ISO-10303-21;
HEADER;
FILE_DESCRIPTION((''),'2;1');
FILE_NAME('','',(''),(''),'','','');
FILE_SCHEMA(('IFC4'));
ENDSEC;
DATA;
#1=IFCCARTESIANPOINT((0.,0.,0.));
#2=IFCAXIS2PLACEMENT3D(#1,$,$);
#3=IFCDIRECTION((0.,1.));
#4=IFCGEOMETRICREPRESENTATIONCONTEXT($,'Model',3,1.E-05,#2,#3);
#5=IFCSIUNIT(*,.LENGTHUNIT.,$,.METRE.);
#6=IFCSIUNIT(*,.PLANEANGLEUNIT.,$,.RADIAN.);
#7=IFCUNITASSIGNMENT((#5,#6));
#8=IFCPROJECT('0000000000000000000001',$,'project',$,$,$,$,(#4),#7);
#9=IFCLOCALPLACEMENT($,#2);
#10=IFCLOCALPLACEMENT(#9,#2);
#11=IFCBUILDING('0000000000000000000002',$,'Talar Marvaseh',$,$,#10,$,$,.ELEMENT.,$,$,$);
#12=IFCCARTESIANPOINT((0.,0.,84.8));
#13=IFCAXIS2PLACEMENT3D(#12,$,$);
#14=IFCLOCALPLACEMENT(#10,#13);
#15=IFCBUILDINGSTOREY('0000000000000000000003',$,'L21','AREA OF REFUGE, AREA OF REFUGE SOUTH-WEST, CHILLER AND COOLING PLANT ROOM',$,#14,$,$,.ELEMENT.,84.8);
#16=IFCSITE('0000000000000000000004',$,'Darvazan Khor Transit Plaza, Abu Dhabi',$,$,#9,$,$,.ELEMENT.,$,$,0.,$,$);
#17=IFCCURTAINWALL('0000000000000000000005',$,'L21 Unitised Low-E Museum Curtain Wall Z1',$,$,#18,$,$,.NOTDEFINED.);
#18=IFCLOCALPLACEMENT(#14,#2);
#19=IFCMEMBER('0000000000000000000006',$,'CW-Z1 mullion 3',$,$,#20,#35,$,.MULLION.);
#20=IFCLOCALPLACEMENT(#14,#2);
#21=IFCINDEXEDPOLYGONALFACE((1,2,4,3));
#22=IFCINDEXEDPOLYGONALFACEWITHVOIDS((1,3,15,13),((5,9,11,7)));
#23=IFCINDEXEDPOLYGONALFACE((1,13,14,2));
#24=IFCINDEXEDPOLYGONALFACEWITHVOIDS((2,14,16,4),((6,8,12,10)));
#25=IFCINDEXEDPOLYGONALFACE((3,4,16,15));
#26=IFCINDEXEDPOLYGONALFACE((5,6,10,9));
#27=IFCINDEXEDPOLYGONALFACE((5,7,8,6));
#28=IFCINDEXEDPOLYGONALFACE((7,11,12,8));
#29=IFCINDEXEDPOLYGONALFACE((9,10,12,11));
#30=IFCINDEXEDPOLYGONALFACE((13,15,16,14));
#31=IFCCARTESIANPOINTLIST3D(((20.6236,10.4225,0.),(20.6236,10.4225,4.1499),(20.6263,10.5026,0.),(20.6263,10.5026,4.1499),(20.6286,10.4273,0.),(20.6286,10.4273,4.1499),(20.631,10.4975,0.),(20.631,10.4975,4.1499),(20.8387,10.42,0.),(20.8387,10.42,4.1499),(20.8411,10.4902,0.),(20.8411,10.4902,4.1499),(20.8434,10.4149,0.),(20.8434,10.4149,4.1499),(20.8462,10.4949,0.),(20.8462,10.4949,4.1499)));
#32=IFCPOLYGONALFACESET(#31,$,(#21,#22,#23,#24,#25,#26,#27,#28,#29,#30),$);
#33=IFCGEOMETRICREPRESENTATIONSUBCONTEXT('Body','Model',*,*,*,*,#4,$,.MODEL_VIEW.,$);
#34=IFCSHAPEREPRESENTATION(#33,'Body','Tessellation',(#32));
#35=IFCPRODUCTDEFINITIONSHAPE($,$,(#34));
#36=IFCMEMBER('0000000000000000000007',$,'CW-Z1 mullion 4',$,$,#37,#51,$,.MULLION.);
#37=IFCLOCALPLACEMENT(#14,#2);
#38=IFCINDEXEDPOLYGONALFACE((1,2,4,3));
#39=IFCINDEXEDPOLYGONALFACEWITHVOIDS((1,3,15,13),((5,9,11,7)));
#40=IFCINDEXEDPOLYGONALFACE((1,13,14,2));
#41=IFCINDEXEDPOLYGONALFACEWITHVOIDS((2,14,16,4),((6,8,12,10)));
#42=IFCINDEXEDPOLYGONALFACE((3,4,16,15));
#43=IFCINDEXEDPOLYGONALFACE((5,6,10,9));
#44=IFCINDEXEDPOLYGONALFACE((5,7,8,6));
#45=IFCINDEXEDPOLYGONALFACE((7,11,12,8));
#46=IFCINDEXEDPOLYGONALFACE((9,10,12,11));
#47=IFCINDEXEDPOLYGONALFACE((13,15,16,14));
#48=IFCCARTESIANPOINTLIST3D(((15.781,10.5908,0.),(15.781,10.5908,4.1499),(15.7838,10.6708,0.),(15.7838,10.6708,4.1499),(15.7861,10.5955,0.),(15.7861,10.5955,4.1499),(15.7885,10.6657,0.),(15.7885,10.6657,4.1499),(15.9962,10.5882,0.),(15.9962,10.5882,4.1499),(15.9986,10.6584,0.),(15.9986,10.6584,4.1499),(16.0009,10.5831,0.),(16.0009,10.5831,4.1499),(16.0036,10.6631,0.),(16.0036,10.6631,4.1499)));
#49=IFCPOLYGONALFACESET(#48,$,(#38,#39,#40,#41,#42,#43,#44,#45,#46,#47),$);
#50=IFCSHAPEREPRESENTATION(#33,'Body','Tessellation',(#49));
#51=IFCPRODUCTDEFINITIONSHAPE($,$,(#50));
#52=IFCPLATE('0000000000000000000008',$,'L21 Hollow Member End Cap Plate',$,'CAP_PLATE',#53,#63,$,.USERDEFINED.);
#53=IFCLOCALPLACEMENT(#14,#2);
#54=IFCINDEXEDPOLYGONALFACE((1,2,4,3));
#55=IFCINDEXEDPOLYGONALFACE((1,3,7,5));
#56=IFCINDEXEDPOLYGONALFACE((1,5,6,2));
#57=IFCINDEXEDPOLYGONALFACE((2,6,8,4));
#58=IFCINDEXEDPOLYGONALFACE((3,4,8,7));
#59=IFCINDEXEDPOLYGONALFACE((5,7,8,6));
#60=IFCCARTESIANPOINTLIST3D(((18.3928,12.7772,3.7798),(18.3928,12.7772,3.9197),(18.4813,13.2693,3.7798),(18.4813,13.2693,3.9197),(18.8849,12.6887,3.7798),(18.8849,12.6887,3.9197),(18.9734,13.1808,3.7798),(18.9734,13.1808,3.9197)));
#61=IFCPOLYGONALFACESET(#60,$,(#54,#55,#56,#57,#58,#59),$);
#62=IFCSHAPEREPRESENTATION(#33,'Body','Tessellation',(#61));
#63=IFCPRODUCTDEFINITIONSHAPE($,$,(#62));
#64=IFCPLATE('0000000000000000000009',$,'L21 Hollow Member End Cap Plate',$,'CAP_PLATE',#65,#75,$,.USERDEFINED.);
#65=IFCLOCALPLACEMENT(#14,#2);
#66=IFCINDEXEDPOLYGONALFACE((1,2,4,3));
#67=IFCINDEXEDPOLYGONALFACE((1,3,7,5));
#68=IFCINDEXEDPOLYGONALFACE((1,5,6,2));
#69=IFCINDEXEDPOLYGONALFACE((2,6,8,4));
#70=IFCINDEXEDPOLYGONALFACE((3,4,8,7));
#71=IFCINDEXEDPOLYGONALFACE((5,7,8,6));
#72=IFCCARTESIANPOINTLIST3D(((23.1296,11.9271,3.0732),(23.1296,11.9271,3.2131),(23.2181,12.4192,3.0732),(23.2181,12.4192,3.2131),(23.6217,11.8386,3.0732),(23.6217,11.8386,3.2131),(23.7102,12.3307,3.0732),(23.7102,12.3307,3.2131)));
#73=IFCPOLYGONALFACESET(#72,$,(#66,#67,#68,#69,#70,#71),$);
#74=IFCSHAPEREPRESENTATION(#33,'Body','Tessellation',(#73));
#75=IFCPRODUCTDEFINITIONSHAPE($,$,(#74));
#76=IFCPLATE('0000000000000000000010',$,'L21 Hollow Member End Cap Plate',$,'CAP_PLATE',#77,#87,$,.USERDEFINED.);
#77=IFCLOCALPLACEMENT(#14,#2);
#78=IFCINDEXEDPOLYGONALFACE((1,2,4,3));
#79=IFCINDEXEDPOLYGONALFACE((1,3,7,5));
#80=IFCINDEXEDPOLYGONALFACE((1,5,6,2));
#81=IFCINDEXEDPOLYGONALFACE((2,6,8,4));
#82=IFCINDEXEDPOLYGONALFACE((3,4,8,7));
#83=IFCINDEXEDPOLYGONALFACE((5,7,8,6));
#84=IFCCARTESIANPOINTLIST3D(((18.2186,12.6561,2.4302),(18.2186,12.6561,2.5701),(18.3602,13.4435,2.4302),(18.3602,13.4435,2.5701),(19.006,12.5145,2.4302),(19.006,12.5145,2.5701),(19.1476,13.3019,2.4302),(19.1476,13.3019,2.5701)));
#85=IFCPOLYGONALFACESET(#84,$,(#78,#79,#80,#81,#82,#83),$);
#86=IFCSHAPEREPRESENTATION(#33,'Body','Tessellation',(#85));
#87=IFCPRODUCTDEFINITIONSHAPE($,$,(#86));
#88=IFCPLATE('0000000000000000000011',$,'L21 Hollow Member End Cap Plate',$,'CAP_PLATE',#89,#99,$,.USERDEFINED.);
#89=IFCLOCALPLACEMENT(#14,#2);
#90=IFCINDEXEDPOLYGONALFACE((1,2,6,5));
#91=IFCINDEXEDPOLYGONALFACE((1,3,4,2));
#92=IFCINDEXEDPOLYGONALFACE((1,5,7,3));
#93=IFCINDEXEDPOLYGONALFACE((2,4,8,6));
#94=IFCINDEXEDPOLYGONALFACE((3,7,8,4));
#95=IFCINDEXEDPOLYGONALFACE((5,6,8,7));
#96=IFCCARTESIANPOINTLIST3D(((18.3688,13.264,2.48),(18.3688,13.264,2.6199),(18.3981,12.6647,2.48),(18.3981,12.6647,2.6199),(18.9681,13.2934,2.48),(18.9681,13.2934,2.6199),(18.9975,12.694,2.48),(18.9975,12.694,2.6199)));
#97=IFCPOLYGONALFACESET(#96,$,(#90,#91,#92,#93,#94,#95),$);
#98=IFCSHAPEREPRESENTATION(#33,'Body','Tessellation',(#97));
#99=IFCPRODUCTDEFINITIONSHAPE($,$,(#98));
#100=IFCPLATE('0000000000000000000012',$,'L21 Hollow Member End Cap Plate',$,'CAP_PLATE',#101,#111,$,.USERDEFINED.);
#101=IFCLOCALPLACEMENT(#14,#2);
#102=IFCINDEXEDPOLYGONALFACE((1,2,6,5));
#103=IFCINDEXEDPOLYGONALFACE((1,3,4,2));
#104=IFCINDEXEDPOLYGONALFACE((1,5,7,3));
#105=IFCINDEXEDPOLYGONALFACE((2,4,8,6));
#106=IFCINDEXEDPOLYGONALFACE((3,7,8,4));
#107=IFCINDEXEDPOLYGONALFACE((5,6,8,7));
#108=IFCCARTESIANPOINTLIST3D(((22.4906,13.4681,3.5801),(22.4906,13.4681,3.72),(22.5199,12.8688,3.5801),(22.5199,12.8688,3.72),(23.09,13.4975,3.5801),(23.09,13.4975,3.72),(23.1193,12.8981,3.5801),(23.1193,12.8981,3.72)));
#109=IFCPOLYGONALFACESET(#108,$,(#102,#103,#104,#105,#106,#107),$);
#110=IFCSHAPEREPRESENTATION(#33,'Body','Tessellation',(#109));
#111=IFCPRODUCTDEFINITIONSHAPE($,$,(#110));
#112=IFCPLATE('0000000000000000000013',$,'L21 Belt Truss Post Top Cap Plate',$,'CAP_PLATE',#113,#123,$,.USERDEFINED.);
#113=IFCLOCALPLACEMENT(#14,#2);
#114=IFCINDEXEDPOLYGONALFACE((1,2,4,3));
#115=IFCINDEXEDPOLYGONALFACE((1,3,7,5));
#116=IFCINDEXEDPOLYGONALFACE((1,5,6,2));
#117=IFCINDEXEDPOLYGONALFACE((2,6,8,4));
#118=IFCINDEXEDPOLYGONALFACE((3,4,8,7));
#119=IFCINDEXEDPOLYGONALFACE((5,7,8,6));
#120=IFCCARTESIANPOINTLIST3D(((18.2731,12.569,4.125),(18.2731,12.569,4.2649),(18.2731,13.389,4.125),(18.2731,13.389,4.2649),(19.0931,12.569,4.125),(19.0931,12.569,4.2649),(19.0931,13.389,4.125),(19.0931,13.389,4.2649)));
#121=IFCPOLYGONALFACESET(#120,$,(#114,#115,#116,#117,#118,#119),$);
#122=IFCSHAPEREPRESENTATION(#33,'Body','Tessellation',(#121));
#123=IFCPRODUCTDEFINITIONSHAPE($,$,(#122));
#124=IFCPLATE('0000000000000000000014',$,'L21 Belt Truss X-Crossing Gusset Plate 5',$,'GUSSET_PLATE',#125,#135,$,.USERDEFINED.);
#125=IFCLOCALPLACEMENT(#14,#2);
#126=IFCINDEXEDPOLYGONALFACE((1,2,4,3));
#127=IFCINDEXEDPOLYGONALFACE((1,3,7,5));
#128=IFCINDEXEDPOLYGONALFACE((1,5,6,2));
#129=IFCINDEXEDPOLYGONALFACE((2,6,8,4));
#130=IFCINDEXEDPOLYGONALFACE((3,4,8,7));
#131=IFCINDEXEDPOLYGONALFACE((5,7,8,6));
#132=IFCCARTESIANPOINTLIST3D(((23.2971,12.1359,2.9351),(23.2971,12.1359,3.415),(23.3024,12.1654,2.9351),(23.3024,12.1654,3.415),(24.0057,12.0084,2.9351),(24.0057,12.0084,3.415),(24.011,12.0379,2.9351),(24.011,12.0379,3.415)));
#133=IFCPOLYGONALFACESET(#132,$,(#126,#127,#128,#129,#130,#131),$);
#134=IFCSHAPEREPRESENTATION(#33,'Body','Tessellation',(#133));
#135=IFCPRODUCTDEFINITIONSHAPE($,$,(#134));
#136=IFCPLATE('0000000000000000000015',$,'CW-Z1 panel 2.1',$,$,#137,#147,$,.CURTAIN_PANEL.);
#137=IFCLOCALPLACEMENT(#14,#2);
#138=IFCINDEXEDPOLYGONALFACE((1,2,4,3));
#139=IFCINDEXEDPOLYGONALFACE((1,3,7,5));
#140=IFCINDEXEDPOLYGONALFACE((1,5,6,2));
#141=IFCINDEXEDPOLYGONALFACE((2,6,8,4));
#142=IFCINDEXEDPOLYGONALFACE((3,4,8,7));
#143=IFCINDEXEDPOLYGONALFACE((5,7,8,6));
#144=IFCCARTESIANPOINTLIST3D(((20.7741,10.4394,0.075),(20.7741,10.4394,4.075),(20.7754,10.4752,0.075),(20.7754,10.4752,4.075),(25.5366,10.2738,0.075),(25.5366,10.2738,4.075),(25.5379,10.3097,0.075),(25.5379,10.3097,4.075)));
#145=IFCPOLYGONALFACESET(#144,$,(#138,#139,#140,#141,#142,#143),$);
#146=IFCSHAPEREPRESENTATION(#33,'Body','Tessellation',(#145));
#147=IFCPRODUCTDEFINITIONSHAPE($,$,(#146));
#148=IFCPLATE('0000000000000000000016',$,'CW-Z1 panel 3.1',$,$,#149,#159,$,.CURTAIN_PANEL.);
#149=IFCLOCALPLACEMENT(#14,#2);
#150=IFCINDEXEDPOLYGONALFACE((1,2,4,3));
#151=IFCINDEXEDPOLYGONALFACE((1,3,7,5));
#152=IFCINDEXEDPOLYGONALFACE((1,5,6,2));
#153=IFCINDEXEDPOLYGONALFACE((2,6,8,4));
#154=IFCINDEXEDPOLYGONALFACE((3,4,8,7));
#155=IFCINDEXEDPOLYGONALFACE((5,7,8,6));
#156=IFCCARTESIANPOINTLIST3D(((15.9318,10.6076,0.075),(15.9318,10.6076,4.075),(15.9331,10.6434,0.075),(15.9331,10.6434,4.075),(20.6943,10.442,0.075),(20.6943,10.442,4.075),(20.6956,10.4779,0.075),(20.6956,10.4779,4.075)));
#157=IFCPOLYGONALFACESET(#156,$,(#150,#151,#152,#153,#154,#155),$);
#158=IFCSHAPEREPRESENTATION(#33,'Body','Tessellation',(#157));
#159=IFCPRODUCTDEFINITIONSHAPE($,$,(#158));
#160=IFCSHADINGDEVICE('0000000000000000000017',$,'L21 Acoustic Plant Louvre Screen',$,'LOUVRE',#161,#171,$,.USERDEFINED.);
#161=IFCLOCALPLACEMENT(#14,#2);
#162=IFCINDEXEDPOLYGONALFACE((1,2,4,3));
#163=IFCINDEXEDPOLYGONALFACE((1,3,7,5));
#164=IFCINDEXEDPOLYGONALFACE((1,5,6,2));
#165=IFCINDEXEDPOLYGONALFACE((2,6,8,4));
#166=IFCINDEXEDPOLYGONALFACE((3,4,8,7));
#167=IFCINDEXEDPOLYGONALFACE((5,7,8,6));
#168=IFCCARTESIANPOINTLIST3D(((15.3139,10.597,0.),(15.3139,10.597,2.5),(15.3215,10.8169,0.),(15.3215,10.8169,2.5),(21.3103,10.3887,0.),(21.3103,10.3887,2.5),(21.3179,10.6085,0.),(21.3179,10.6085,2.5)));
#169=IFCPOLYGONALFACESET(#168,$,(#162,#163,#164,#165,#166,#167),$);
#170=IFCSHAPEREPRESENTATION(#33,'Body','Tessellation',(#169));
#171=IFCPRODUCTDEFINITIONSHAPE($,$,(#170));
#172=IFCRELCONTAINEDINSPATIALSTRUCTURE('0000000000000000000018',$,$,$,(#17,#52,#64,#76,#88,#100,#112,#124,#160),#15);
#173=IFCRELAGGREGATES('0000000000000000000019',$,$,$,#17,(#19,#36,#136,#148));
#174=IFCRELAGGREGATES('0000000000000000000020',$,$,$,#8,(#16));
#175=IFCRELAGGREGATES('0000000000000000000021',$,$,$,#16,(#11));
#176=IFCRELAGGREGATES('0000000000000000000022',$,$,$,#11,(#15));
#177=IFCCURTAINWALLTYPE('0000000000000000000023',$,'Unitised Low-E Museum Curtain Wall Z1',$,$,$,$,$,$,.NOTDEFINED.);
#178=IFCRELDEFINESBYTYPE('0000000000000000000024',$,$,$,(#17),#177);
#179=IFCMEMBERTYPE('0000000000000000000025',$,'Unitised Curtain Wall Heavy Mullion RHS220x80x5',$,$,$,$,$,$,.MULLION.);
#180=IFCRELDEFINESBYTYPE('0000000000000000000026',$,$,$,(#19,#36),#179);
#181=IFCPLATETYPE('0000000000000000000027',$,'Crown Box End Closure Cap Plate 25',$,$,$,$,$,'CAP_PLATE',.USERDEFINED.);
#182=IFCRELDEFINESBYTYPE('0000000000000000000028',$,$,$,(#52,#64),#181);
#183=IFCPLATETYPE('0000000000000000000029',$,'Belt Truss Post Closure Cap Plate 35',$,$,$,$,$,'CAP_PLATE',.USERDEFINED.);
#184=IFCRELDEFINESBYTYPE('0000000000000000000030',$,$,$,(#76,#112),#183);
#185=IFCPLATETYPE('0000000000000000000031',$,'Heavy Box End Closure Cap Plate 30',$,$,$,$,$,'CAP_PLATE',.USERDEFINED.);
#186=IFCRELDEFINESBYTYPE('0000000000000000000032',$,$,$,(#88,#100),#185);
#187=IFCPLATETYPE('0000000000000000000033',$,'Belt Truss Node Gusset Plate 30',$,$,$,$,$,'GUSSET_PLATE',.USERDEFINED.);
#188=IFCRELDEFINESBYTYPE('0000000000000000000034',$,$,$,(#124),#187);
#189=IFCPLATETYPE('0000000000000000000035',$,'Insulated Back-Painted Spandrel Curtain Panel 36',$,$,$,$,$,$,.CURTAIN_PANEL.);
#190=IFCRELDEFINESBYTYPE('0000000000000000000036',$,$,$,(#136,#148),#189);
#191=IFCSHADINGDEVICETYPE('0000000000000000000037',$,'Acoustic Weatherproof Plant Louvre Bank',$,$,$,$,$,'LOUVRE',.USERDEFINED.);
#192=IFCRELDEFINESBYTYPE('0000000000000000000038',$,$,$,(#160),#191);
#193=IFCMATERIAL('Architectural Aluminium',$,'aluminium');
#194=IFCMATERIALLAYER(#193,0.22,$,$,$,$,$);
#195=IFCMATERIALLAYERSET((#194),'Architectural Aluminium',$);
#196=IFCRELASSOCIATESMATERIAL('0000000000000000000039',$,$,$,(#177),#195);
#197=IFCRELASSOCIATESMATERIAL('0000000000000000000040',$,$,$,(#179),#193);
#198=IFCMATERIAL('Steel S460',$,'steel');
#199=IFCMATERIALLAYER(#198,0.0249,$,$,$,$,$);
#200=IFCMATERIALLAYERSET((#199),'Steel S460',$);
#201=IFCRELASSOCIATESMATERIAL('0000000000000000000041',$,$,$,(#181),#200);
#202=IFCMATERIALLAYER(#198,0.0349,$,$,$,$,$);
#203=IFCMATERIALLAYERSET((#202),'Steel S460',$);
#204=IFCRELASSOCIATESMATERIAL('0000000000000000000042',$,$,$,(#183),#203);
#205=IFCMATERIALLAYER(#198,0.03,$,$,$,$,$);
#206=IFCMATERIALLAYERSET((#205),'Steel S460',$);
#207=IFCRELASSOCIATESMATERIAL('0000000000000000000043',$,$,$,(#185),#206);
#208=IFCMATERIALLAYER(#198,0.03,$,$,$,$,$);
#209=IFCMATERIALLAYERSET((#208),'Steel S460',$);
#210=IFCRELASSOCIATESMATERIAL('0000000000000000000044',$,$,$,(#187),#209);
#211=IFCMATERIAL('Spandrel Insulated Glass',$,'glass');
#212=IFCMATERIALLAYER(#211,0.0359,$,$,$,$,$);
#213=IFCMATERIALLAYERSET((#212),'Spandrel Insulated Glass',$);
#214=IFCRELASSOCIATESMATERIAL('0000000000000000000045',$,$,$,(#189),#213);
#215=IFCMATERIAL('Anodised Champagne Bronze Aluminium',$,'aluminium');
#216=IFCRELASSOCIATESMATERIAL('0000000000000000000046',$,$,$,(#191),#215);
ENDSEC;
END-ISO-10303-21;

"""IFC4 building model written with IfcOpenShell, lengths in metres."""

from ifc_helpers import new_model, si_unit, direction, frame, origin, origin_2d, place, context, subcontext, project, spatial, rectangle, hollow_rectangle, extrude, source, transform, mapped, material, layer, layer_set, material_profile, profile_set, type_object, type_shapes, element, aggregate, save


model = new_model("IFC4")

# Units and contexts
model_context = context("Model", 3, precision=1e-05, world=origin(), true_north=direction((0.0, 1.0)))
body_context = subcontext(model_context, "Body", "Model", "MODEL_VIEW")
ifc_project = project(units=[si_unit("LENGTHUNIT", "METRE"), si_unit("PLANEANGLEUNIT", "RADIAN")], contexts=[model_context])

# Site, building, storey
site_placement = place(None, origin())
site = spatial("IfcSite", under=ifc_project, at=site_placement, Name="Darvazan Khor Transit Plaza, Abu Dhabi", CompositionType="ELEMENT", RefElevation=0.0)
building_placement = place(site_placement, origin())
building = spatial("IfcBuilding", under=site, at=building_placement, Name="Talar Marvaseh", CompositionType="ELEMENT")
storey_placement = place(building_placement, frame((0.0, 0.0, 84.8)))
storey = spatial("IfcBuildingStorey", under=building, at=storey_placement, Name="L21", Description="AREA OF REFUGE, AREA OF REFUGE SOUTH-WEST, CHILLER AND COOLING PLANT ROOM", CompositionType="ELEMENT", Elevation=84.8)

# Shared definitions
ifc_material_1 = material(Name="Steel S460", Category="steel")

# Curtain wall, members
ifc_material_2 = material(Name="Architectural Aluminium", Category="aluminium")
ifc_layer_1 = layer(ifc_material_2, 0.22)
ifc_layer_set_1 = layer_set([ifc_layer_1], Name="Architectural Aluminium")
curtain_wall_type = type_object("IfcCurtainWallType", Name="Unitised Low-E Museum Curtain Wall Z1", PredefinedType="NOTDEFINED", material=ifc_layer_set_1)
curtain_wall_placement = place(storey_placement, origin())
curtain_wall = element("IfcCurtainWall", 1, at=curtain_wall_placement, inside=storey, type_object=curtain_wall_type, Name="L21 Unitised Low-E Museum Curtain Wall Z1", PredefinedType="NOTDEFINED")
ifc_material_profile_1 = material_profile(ifc_material_2, hollow_rectangle(XDim=0.0801, YDim=0.22, WallThickness=0.0049, at=origin_2d()), Name="RHS220x80x5")
ifc_profile_set_1 = profile_set([ifc_material_profile_1], Name="Architectural Aluminium")
member_type_1 = type_object("IfcMemberType", Name="Unitised Curtain Wall Heavy Mullion RHS220x80x5", PredefinedType="MULLION", material=ifc_profile_set_1)
shared_shape_1 = source(origin(), body_context, "Body", "SweptSolid", [
    extrude(hollow_rectangle(XDim=0.0801, YDim=0.22, WallThickness=0.0049, at=origin_2d()), origin(), (0.0, 0.0, 1.0), 4.1499),
])
type_shapes(member_type_1, [shared_shape_1])
member_1_placement = place(storey_placement, frame((20.7349, 10.4587, 0.0), z_axis=(0.0, 0.0, 1.0), x_axis=(-0.034747, -0.999396, 0.0)))
member_1 = element("IfcMember", 2, at=member_1_placement, type_object=member_type_1, Name="CW-Z1 mullion 3", PredefinedType="MULLION", context=body_context, shape_type="MappedRepresentation", body=[
    mapped(shared_shape_1, transform((0.0, 0.0, 0.0), x_axis=(1.0, 0.0, 0.0), y_axis=(0.0, 1.0, 0.0), z_axis=(0.0, 0.0, 1.0), scale=1.0)),
])
member_2_placement = place(storey_placement, frame((15.8923, 10.627, 0.0), z_axis=(0.0, 0.0, 1.0), x_axis=(-0.034747, -0.999396, 0.0)))
member_2 = element("IfcMember", 3, at=member_2_placement, type_object=member_type_1, Name="CW-Z1 mullion 4", PredefinedType="MULLION", context=body_context, shape_type="MappedRepresentation", body=[
    mapped(shared_shape_1, transform((0.0, 0.0, 0.0), x_axis=(1.0, 0.0, 0.0), y_axis=(0.0, 1.0, 0.0), z_axis=(0.0, 0.0, 1.0), scale=1.0)),
])

# Plates
ifc_layer_2 = layer(ifc_material_1, 0.0249)
ifc_layer_set_2 = layer_set([ifc_layer_2], Name="Steel S460")
plate_type_1 = type_object("IfcPlateType", Name="Crown Box End Closure Cap Plate 25", ElementType="CAP_PLATE", PredefinedType="USERDEFINED", material=ifc_layer_set_2)
shared_shape_2 = source(origin(), body_context, "Body", "SweptSolid", [
    extrude(rectangle(XDim=0.5, YDim=0.5, at=origin_2d()), origin(), (0.0, 0.0, 1.0), 0.1399),
])
type_shapes(plate_type_1, [shared_shape_2])
for number, where, z_axis, x_axis, name in (
    (4, (18.6831, 12.979, 3.7798), (0.0, 0.0, 1.0), (-0.984196, 0.177085, 0.0), "L21 Hollow Member End Cap Plate"),
    (5, (23.4199, 12.1289, 3.0732), (0.0, 0.0, 1.0), (0.984196, -0.177085, 0.0), "L21 Hollow Member End Cap Plate"),
):
    element("IfcPlate", number, at=place(storey_placement, frame(where, z_axis=z_axis, x_axis=x_axis)), inside=storey, type_object=plate_type_1, Name=name, ObjectType="CAP_PLATE", PredefinedType="USERDEFINED", context=body_context, shape_type="MappedRepresentation", body=[
        mapped(shared_shape_2, transform((0.0, 0.0, 0.0), x_axis=(1.0, 0.0, 0.0), y_axis=(0.0, 1.0, 0.0), z_axis=(0.0, 0.0, 1.0), scale=1.0)),
    ])
ifc_layer_3 = layer(ifc_material_1, 0.0349)
ifc_layer_set_3 = layer_set([ifc_layer_3], Name="Steel S460")
plate_type_2 = type_object("IfcPlateType", Name="Belt Truss Post Closure Cap Plate 35", ElementType="CAP_PLATE", PredefinedType="USERDEFINED", material=ifc_layer_set_3)
shared_shape_3 = source(origin(), body_context, "Body", "SweptSolid", [
    extrude(rectangle(XDim=0.8, YDim=0.8, at=origin_2d()), origin(), (0.0, 0.0, 1.0), 0.1399),
])
plate_1_placement = place(storey_placement, frame((18.6831, 12.979, 2.4302), z_axis=(0.0, 0.0, 1.0), x_axis=(-0.984196, 0.177085, 0.0)))
element("IfcPlate", 6, at=plate_1_placement, inside=storey, type_object=plate_type_2, Name="L21 Hollow Member End Cap Plate", ObjectType="CAP_PLATE", PredefinedType="USERDEFINED", context=body_context, shape_type="MappedRepresentation", body=[
    mapped(shared_shape_3, transform((0.0, 0.0, 0.0), x_axis=(1.0, 0.0, 0.0), y_axis=(0.0, 1.0, 0.0), z_axis=(0.0, 0.0, 1.0), scale=1.0)),
])
ifc_layer_4 = layer(ifc_material_1, 0.03)
ifc_layer_set_4 = layer_set([ifc_layer_4], Name="Steel S460")
plate_type_3 = type_object("IfcPlateType", Name="Heavy Box End Closure Cap Plate 30", ElementType="CAP_PLATE", PredefinedType="USERDEFINED", material=ifc_layer_set_4)
shared_shape_4 = source(origin(), body_context, "Body", "SweptSolid", [
    extrude(rectangle(XDim=0.6001, YDim=0.6001, at=origin_2d()), origin(), (0.0, 0.0, 1.0), 0.1399),
])
type_shapes(plate_type_3, [shared_shape_4])
for number, where, z_axis, x_axis, name in (
    (7, (18.6831, 12.979, 2.48), (0.0, 0.0, 1.0), (0.998806, 0.04885, 0.0), "L21 Hollow Member End Cap Plate"),
    (8, (22.8049, 13.1831, 3.5801), (0.0, 0.0, 1.0), (0.998806, 0.04885, 0.0), "L21 Hollow Member End Cap Plate"),
):
    element("IfcPlate", number, at=place(storey_placement, frame(where, z_axis=z_axis, x_axis=x_axis)), inside=storey, type_object=plate_type_3, Name=name, ObjectType="CAP_PLATE", PredefinedType="USERDEFINED", context=body_context, shape_type="MappedRepresentation", body=[
        mapped(shared_shape_4, transform((0.0, 0.0, 0.0), x_axis=(1.0, 0.0, 0.0), y_axis=(0.0, 1.0, 0.0), z_axis=(0.0, 0.0, 1.0), scale=1.0)),
    ])
shared_shape_5 = source(origin(), body_context, "Body", "SweptSolid", [
    extrude(rectangle(XDim=0.8201, YDim=0.8201, at=origin_2d()), origin(), (0.0, 0.0, 1.0), 0.1399),
])
type_shapes(plate_type_2, [shared_shape_3, shared_shape_5])
plate_2_placement = place(storey_placement, frame((18.6831, 12.979, 4.125), z_axis=(0.0, 0.0, 1.0), x_axis=(1.0, 0.0, 0.0)))
element("IfcPlate", 9, at=plate_2_placement, inside=storey, type_object=plate_type_2, Name="L21 Belt Truss Post Top Cap Plate", ObjectType="CAP_PLATE", PredefinedType="USERDEFINED", context=body_context, shape_type="MappedRepresentation", body=[
    mapped(shared_shape_5, transform((0.0, 0.0, 0.0), x_axis=(1.0, 0.0, 0.0), y_axis=(0.0, 1.0, 0.0), z_axis=(0.0, 0.0, 1.0), scale=1.0)),
])
ifc_layer_5 = layer(ifc_material_1, 0.03)
ifc_layer_set_5 = layer_set([ifc_layer_5], Name="Steel S460")
plate_type_4 = type_object("IfcPlateType", Name="Belt Truss Node Gusset Plate 30", ElementType="GUSSET_PLATE", PredefinedType="USERDEFINED", material=ifc_layer_set_5)
shared_shape_6 = source(origin(), body_context, "Body", "SweptSolid", [
    extrude(rectangle(XDim=0.72, YDim=0.03, at=origin_2d()), origin(), (0.0, 0.0, 1.0), 0.48),
])
type_shapes(plate_type_4, [shared_shape_6])
plate_3_placement = place(storey_placement, frame((23.6541, 12.0869, 2.9351), z_axis=(0.0, 0.0, 1.0), x_axis=(-0.984196, 0.177085, 0.0)))
element("IfcPlate", 10, at=plate_3_placement, inside=storey, type_object=plate_type_4, Name="L21 Belt Truss X-Crossing Gusset Plate 5", ObjectType="GUSSET_PLATE", PredefinedType="USERDEFINED", context=body_context, shape_type="MappedRepresentation", body=[
    mapped(shared_shape_6, transform((0.0, 0.0, 0.0), x_axis=(1.0, 0.0, 0.0), y_axis=(0.0, 1.0, 0.0), z_axis=(0.0, 0.0, 1.0), scale=1.0)),
])

# Plates
ifc_material_3 = material(Name="Spandrel Insulated Glass", Category="glass")
ifc_layer_6 = layer(ifc_material_3, 0.0359)
ifc_layer_set_6 = layer_set([ifc_layer_6], Name="Spandrel Insulated Glass")
plate_type_5 = type_object("IfcPlateType", Name="Insulated Back-Painted Spandrel Curtain Panel 36", PredefinedType="CURTAIN_PANEL", material=ifc_layer_set_6)
shared_shape_7 = source(origin(), body_context, "Body", "SweptSolid", [
    extrude(rectangle(XDim=4.7654, YDim=0.0359, at=origin_2d()), origin(), (0.0, 0.0, 1.0), 4.0),
])
type_shapes(plate_type_5, [shared_shape_7])
plate_4_placement = place(storey_placement, frame((23.156, 10.3745, 0.075), z_axis=(0.0, 0.0, 1.0), x_axis=(-0.999396, 0.034747, 0.0)))
plate_4 = element("IfcPlate", 11, at=plate_4_placement, type_object=plate_type_5, Name="CW-Z1 panel 2.1", PredefinedType="CURTAIN_PANEL", context=body_context, shape_type="MappedRepresentation", body=[
    mapped(shared_shape_7, transform((0.0, 0.0, 0.0), x_axis=(1.0, 0.0, 0.0), y_axis=(0.0, 1.0, 0.0), z_axis=(0.0, 0.0, 1.0), scale=1.0)),
])
plate_5_placement = place(storey_placement, frame((18.3137, 10.5427, 0.075), z_axis=(0.0, 0.0, 1.0), x_axis=(-0.999396, 0.034747, 0.0)))
plate_5 = element("IfcPlate", 12, at=plate_5_placement, type_object=plate_type_5, Name="CW-Z1 panel 3.1", PredefinedType="CURTAIN_PANEL", context=body_context, shape_type="MappedRepresentation", body=[
    mapped(shared_shape_7, transform((0.0, 0.0, 0.0), x_axis=(1.0, 0.0, 0.0), y_axis=(0.0, 1.0, 0.0), z_axis=(0.0, 0.0, 1.0), scale=1.0)),
])
aggregate(curtain_wall, [member_1, member_2, plate_4, plate_5])

# Shading device
ifc_material_4 = material(Name="Anodised Champagne Bronze Aluminium", Category="aluminium")
shading_device_type = type_object("IfcShadingDeviceType", Name="Acoustic Weatherproof Plant Louvre Bank", ElementType="LOUVRE", PredefinedType="USERDEFINED", material=ifc_material_4)
shared_shape_8 = source(origin(), body_context, "Body", "SweptSolid", [
    extrude(rectangle(XDim=6.0, YDim=0.22, at=origin_2d()), origin(), (0.0, 0.0, 1.0), 2.5),
])
type_shapes(shading_device_type, [shared_shape_8])
shading_device_placement = place(storey_placement, frame((18.3159, 10.6028, 0.0), z_axis=(0.0, 0.0, 1.0), x_axis=(-0.999397, 0.034725, 0.0)))
element("IfcShadingDevice", 13, at=shading_device_placement, inside=storey, type_object=shading_device_type, Name="L21 Acoustic Plant Louvre Screen", ObjectType="LOUVRE", PredefinedType="USERDEFINED", context=body_context, shape_type="MappedRepresentation", body=[
    mapped(shared_shape_8, transform((0.0, 0.0, 0.0), x_axis=(1.0, 0.0, 0.0), y_axis=(0.0, 1.0, 0.0), z_axis=(0.0, 0.0, 1.0), scale=1.0)),
])

save(model, "model.ifc")
